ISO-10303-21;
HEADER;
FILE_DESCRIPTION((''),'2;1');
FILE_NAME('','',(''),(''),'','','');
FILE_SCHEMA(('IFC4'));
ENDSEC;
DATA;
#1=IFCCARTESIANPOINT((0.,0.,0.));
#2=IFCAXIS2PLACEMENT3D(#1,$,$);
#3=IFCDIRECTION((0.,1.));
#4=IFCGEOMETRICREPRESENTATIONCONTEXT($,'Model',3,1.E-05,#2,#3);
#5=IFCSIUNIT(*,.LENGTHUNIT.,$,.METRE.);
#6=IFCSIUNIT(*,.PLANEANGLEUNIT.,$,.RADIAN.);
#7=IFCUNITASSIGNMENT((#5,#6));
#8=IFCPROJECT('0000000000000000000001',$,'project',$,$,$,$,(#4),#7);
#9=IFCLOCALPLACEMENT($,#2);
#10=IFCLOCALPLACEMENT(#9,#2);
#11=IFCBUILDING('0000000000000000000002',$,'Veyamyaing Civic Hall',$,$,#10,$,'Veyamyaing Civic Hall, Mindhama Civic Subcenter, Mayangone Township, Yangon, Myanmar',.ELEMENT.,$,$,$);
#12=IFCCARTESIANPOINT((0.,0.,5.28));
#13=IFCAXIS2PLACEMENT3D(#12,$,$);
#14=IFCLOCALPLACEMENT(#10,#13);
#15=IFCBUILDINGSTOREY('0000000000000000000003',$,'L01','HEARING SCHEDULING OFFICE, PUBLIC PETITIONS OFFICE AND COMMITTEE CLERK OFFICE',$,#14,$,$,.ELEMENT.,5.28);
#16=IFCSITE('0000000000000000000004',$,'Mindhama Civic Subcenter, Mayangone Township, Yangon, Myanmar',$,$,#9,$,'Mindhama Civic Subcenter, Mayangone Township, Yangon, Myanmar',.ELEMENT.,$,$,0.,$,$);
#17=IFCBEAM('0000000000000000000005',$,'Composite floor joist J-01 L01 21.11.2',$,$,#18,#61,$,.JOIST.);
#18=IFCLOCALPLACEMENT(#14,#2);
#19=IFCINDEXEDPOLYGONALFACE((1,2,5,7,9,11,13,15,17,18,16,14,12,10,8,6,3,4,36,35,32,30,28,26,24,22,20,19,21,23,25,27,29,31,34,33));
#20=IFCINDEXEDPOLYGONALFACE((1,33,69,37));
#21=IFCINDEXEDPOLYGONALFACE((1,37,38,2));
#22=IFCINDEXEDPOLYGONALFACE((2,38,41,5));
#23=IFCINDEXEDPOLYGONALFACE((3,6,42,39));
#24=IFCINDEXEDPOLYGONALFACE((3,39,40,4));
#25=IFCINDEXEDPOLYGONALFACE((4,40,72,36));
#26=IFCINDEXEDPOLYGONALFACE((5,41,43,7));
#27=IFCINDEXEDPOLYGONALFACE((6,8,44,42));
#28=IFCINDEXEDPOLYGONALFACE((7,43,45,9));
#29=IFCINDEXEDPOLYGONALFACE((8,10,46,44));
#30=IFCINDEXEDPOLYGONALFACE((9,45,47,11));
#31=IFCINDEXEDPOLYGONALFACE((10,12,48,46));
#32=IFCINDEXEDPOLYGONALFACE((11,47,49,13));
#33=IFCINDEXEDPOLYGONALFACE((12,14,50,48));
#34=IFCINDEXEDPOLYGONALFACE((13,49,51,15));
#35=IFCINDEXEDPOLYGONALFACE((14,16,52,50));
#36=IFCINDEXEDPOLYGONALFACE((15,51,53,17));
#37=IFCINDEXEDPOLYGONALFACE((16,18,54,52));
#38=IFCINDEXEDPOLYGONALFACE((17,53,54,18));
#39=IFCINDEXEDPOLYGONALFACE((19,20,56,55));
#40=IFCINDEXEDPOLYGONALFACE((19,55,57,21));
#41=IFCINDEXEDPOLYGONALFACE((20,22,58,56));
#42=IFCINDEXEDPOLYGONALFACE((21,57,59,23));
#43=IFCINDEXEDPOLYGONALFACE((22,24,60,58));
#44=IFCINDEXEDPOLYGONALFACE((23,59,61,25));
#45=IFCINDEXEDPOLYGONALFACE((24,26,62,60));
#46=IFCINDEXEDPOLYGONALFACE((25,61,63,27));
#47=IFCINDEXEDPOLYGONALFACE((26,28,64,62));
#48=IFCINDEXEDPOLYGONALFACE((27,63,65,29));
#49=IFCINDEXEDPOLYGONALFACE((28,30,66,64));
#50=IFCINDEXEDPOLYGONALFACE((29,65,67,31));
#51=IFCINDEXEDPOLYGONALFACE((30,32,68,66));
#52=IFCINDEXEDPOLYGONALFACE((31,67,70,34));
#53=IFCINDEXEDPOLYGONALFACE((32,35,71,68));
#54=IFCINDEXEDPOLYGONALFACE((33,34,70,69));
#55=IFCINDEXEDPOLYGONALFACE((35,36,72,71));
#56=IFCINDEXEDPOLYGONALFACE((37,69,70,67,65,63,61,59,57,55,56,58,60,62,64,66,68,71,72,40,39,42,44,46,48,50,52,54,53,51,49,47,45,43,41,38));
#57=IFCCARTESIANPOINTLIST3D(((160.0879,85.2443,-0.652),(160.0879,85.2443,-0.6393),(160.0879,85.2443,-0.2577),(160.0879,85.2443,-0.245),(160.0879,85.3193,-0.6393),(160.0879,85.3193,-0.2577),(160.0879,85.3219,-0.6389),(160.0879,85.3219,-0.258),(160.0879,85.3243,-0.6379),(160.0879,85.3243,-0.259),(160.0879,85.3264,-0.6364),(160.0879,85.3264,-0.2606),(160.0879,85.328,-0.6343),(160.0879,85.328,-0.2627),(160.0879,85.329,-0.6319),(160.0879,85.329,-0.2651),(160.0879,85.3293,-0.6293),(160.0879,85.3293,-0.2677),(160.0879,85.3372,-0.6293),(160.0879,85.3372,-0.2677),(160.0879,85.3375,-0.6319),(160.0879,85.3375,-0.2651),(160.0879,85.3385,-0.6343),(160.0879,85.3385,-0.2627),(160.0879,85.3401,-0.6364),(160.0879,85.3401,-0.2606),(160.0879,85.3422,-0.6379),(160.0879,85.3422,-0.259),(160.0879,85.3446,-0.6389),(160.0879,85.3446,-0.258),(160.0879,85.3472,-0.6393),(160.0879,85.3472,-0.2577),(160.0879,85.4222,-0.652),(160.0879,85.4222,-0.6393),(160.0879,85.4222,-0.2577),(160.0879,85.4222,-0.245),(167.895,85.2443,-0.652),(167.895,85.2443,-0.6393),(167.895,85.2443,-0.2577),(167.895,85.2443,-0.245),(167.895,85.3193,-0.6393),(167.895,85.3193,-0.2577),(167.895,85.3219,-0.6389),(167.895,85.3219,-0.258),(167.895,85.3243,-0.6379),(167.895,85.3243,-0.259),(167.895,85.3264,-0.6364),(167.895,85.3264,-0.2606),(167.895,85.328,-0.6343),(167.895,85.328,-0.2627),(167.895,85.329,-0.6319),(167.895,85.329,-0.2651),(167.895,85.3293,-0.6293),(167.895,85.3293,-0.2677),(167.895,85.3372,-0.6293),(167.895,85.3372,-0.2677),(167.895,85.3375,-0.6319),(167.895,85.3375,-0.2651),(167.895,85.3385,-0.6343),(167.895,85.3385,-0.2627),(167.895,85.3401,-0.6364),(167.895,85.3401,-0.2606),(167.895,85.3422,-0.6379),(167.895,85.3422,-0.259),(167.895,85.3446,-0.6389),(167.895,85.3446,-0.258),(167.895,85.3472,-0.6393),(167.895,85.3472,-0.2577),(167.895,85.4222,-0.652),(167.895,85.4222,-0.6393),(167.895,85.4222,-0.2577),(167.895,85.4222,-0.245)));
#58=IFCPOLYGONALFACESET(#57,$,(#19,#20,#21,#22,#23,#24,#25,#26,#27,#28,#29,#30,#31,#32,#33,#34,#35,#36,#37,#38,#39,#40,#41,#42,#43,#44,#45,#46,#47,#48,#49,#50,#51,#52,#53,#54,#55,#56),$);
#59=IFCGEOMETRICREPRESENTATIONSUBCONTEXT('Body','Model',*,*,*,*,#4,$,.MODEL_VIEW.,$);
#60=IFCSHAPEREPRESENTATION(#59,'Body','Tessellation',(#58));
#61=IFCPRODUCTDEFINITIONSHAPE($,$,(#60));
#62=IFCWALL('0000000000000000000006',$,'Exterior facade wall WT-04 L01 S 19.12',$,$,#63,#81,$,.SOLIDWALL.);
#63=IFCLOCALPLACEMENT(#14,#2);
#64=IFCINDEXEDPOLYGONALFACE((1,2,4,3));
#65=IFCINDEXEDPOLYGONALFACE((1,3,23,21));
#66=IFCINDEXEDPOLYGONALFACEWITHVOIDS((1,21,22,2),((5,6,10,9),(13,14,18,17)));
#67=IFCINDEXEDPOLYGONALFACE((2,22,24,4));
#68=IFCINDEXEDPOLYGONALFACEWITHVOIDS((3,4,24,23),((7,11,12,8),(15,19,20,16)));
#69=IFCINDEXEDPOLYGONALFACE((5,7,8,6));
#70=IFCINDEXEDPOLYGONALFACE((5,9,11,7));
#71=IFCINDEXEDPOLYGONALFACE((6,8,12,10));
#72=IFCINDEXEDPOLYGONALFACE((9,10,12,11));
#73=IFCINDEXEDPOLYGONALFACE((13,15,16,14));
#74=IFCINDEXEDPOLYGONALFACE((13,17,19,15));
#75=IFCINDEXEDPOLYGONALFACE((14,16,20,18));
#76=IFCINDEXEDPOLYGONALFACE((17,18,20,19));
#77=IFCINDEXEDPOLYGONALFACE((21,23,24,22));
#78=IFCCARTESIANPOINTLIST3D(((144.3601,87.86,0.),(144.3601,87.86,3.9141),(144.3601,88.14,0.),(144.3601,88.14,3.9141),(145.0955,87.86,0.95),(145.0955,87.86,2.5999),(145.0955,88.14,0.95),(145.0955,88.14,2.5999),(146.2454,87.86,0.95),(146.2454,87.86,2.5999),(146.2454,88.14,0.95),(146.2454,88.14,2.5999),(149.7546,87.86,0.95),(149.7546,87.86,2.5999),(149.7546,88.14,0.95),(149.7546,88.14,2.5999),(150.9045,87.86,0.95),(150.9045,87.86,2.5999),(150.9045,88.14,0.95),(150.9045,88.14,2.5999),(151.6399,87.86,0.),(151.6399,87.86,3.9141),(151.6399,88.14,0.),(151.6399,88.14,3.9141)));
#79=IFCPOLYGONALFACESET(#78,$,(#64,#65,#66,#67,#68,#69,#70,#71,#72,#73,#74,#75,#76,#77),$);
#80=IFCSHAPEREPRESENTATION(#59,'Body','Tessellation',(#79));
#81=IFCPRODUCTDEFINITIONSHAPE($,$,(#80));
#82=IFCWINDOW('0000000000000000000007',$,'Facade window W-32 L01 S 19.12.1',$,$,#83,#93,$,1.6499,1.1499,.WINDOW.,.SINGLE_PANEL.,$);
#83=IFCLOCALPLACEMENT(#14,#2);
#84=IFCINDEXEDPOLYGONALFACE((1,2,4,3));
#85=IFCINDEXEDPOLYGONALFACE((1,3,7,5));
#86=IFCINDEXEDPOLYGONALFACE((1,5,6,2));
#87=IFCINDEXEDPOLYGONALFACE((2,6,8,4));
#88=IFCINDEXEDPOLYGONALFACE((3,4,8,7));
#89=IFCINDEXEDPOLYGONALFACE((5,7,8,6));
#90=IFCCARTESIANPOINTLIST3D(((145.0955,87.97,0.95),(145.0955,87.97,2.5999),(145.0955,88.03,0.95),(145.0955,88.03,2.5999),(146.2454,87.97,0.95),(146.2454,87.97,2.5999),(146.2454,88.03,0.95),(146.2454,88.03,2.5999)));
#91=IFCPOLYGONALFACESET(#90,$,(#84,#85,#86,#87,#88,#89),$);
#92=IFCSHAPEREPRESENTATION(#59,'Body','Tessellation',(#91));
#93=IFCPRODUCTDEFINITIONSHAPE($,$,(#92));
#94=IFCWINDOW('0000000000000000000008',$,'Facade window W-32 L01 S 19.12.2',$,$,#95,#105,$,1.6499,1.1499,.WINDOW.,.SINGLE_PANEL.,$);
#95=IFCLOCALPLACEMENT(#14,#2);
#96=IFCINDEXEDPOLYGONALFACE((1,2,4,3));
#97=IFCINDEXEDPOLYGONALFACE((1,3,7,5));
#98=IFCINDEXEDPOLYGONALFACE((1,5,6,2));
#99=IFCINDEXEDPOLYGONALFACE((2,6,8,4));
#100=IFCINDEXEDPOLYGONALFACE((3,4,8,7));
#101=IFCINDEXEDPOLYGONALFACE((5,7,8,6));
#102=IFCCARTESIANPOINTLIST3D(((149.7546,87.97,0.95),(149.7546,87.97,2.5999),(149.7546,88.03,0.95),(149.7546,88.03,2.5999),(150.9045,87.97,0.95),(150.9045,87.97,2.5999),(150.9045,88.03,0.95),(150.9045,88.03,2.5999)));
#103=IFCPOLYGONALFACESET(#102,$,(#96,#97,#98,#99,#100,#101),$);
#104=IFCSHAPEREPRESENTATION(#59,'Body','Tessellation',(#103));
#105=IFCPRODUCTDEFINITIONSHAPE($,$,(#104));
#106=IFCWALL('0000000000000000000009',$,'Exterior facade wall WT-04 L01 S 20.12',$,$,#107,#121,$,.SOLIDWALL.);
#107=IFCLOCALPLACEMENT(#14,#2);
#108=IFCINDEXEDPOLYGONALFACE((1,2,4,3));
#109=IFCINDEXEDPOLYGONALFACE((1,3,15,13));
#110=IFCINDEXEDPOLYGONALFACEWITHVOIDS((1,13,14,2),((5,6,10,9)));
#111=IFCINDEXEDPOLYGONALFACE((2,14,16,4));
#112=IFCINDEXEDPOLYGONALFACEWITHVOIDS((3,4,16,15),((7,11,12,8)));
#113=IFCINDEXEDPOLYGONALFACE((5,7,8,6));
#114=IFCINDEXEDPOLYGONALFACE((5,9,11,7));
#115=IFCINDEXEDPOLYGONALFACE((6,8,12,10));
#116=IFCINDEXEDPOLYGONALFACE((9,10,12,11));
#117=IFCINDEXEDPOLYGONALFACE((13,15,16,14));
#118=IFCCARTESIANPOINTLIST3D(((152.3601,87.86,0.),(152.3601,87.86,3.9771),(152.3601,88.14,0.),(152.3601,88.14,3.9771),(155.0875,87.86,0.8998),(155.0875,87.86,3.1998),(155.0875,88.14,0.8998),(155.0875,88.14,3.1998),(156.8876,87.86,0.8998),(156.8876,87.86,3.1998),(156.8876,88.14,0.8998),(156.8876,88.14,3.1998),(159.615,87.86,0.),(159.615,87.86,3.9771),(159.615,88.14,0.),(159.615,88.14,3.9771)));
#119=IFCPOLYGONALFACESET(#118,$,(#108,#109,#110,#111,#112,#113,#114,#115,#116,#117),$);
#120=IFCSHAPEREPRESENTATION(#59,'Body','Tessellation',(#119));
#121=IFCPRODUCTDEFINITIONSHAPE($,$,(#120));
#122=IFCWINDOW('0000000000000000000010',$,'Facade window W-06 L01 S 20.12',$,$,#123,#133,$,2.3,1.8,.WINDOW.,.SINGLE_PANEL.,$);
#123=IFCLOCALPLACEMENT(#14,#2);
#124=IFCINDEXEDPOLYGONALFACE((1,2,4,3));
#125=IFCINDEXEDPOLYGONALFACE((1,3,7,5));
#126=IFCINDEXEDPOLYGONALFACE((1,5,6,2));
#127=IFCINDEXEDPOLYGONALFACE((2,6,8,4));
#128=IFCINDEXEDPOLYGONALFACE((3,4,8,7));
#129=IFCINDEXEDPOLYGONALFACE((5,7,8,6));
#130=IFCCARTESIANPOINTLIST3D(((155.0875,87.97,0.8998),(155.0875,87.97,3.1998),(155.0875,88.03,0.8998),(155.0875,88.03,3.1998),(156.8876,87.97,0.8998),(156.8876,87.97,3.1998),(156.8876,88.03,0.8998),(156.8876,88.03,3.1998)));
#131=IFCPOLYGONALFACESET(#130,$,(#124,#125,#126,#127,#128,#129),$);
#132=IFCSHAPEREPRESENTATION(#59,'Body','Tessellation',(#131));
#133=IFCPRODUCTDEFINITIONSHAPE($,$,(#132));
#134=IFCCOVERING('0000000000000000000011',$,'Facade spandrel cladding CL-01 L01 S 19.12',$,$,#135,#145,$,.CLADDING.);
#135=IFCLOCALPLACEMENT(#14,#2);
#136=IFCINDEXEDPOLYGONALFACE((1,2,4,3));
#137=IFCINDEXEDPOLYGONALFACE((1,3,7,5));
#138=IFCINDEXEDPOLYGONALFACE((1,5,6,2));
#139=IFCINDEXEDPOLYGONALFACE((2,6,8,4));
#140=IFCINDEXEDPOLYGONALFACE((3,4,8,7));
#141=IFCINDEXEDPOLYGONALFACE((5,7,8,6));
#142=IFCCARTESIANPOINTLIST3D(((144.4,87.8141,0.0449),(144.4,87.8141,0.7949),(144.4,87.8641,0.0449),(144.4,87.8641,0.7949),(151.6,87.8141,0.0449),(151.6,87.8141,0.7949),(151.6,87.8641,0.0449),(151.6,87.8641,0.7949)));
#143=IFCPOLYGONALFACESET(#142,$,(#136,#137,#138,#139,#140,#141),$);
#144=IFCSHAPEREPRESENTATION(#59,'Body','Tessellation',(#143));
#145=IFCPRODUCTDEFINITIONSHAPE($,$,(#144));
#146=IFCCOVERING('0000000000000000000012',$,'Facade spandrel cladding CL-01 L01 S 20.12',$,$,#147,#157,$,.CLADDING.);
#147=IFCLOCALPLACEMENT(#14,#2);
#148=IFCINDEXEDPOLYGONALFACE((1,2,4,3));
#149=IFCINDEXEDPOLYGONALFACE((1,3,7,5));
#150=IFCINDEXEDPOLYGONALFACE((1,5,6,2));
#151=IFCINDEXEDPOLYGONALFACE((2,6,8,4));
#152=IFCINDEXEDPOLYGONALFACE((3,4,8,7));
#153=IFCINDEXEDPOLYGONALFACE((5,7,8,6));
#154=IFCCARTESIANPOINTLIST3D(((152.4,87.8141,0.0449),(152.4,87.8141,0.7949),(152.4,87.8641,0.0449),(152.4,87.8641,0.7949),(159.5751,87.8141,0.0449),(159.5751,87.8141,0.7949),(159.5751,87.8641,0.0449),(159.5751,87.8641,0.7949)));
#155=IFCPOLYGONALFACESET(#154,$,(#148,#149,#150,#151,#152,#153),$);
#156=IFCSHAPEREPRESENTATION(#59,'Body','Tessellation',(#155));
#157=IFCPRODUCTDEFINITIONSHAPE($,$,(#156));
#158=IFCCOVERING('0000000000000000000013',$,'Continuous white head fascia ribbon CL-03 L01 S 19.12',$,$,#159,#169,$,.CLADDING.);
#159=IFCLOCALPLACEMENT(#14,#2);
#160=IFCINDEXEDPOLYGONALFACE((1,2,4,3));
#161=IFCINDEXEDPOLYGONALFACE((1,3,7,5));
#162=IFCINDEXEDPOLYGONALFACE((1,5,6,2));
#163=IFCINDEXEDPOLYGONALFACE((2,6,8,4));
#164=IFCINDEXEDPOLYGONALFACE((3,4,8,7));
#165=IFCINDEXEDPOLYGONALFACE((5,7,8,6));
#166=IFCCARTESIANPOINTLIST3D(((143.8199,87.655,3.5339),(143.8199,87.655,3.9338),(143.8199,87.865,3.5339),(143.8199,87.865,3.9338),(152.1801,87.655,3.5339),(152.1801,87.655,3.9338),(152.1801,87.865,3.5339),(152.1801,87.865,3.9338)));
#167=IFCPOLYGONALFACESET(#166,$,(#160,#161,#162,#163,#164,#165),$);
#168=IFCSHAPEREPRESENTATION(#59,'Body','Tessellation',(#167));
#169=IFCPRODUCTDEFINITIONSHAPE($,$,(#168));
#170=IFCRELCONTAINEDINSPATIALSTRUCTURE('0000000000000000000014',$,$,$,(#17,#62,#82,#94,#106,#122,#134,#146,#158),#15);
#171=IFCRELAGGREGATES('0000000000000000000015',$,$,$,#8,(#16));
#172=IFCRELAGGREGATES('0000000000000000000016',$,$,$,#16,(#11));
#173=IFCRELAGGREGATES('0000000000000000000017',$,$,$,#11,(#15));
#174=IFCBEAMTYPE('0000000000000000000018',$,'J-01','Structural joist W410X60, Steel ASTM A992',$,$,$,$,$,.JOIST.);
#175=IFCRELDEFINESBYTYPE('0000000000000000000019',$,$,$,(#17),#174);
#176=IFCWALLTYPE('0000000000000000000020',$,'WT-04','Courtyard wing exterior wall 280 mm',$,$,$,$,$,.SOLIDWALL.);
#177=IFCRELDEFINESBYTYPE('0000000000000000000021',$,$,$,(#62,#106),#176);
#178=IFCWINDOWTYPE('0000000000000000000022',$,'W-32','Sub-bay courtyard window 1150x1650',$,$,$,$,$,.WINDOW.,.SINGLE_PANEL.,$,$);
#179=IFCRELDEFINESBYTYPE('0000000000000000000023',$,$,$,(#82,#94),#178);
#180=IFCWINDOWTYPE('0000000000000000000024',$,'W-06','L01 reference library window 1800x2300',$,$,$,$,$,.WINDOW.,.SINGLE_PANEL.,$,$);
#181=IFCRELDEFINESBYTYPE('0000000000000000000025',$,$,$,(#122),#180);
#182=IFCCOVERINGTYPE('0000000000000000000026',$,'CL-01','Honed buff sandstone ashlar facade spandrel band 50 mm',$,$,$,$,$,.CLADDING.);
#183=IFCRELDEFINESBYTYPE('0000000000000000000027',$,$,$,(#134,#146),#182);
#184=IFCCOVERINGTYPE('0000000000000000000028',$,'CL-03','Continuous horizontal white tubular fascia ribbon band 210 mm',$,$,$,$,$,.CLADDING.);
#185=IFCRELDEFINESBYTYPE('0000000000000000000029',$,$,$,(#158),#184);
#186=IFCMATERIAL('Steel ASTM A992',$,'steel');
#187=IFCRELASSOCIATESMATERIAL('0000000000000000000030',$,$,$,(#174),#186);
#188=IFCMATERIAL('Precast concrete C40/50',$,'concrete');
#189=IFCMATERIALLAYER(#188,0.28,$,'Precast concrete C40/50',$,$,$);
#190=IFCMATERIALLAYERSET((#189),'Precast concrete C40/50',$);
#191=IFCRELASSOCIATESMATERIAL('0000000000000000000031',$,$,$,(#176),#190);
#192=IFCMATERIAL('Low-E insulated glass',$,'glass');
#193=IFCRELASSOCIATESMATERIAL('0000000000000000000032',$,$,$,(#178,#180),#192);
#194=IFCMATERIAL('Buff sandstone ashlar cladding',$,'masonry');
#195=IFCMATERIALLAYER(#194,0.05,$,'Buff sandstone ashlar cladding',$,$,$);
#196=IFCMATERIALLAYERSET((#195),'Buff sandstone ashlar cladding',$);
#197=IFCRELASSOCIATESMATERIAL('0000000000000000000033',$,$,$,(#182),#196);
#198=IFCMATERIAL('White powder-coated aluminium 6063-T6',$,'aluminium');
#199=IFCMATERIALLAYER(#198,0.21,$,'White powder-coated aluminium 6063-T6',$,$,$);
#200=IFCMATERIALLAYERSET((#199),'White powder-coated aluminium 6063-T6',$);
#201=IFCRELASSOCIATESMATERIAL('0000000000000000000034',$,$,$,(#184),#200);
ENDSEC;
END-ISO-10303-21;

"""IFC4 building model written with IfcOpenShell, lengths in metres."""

from ifc_helpers import new_model, si_unit, direction, frame, frame_2d, origin, origin_2d, place, context, subcontext, project, spatial, rectangle, i_section, extrude, material, layer, layer_set, material_profile, profile_set, type_object, element, fill, save


model = new_model("IFC4")

# Units and contexts
model_context = context("Model", 3, precision=1e-05, world=origin(), true_north=direction((0.0, 1.0)))
body_context = subcontext(model_context, "Body", "Model", "MODEL_VIEW")
ifc_project = project(units=[si_unit("LENGTHUNIT", "METRE"), si_unit("PLANEANGLEUNIT", "RADIAN")], contexts=[model_context])

# Site, building, storey
site_placement = place(None, origin())
site = spatial("IfcSite", under=ifc_project, at=site_placement, Name="Mindhama Civic Subcenter, Mayangone Township, Yangon, Myanmar", LongName="Mindhama Civic Subcenter, Mayangone Township, Yangon, Myanmar", CompositionType="ELEMENT", RefElevation=0.0)
building_placement = place(site_placement, origin())
building = spatial("IfcBuilding", under=site, at=building_placement, Name="Veyamyaing Civic Hall", LongName="Veyamyaing Civic Hall, Mindhama Civic Subcenter, Mayangone Township, Yangon, Myanmar", CompositionType="ELEMENT")
storey_placement = place(building_placement, frame((0.0, 0.0, 5.28)))
storey = spatial("IfcBuildingStorey", under=building, at=storey_placement, Name="L01", Description="HEARING SCHEDULING OFFICE, PUBLIC PETITIONS OFFICE AND COMMITTEE CLERK OFFICE", CompositionType="ELEMENT", Elevation=5.28)

# Beam
ifc_material_1 = material(Name="Steel ASTM A992", Category="steel")
ifc_material_profile_1 = material_profile(ifc_material_1, i_section(OverallWidth=0.178, OverallDepth=0.407, WebThickness=0.0078, FlangeThickness=0.0127, FilletRadius=0.01, at=origin_2d()), Name="W410X60")
ifc_profile_set_1 = profile_set([ifc_material_profile_1], Name="Steel ASTM A992")
beam_type_1 = type_object("IfcBeamType", Name="J-01", Description="Structural joist W410X60, Steel ASTM A992", PredefinedType="JOIST", material=ifc_profile_set_1)
for number, where, z_axis, x_axis, name in (
    (1, (160.0879, 85.3333, -0.4485), (1.0, 0.0, 0.0), (0.0, 1.0, 0.0), "Composite floor joist J-01 L01 21.11.2"),
):
    element("IfcBeam", number, at=place(storey_placement, frame(where, z_axis=z_axis, x_axis=x_axis)), inside=storey, type_object=beam_type_1, Name=name, PredefinedType="JOIST", context=body_context, shape_type="SweptSolid", body=[
        extrude(i_section(OverallWidth=0.178, OverallDepth=0.407, WebThickness=0.0078, FlangeThickness=0.0127, FilletRadius=0.01, at=origin_2d()), origin(), (0.0, 0.0, 1.0), 7.8071),
    ])

# Wall, openings, windows
ifc_material_2 = material(Name="Precast concrete C40/50", Category="concrete")
ifc_layer_1 = layer(ifc_material_2, 0.28, Name="Precast concrete C40/50")
ifc_layer_set_1 = layer_set([ifc_layer_1], Name="Precast concrete C40/50")
wall_type = type_object("IfcWallType", Name="WT-04", Description="Courtyard wing exterior wall 280 mm", PredefinedType="SOLIDWALL", material=ifc_layer_set_1)
wall_1_placement = place(storey_placement, frame((144.3601, 88.0, 0.0), z_axis=(0.0, 0.0, 1.0), x_axis=(1.0, 0.0, 0.0)))
wall_1 = element("IfcWall", 2, at=wall_1_placement, inside=storey, type_object=wall_type, Name="Exterior facade wall WT-04 L01 S 19.12", PredefinedType="SOLIDWALL", context=body_context, shape_type="SweptSolid", body=[
    extrude(rectangle(XDim=7.2798, YDim=0.28, at=frame_2d((3.6399, 0.0))), origin(), (0.0, 0.0, 1.0), 3.9141),
])
opening_1_placement = place(wall_1_placement, frame((0.7354, 0.0, 0.95)))
opening_1 = element("IfcOpeningElement", 3, at=opening_1_placement, cuts=wall_1, PredefinedType="OPENING", context=body_context, shape_type="SweptSolid", body=[
    extrude(rectangle(XDim=1.1499, YDim=1.6499, at=frame_2d((0.575, 0.825))), frame((0.0, 0.1499, 0.0), z_axis=(0.0, -1.0, 0.0), x_axis=(1.0, 0.0, 0.0)), (0.0, 0.0, 1.0), 0.3),
])
opening_2_placement = place(wall_1_placement, frame((5.3945, 0.0, 0.95)))
opening_2 = element("IfcOpeningElement", 4, at=opening_2_placement, cuts=wall_1, PredefinedType="OPENING", context=body_context, shape_type="SweptSolid", body=[
    extrude(rectangle(XDim=1.1499, YDim=1.6499, at=frame_2d((0.575, 0.825))), frame((0.0, 0.1499, 0.0), z_axis=(0.0, -1.0, 0.0), x_axis=(1.0, 0.0, 0.0)), (0.0, 0.0, 1.0), 0.3),
])
ifc_material_3 = material(Name="Low-E insulated glass", Category="glass")
window_type_1 = type_object("IfcWindowType", Name="W-32", Description="Sub-bay courtyard window 1150x1650", PartitioningType="SINGLE_PANEL", PredefinedType="WINDOW", material=ifc_material_3)
window_1_placement = place(opening_1_placement, origin())
window_1 = element("IfcWindow", 5, at=window_1_placement, inside=storey, type_object=window_type_1, Name="Facade window W-32 L01 S 19.12.1", OverallHeight=1.6499, OverallWidth=1.1499, PartitioningType="SINGLE_PANEL", PredefinedType="WINDOW", context=body_context, shape_type="SweptSolid", body=[
    extrude(rectangle(XDim=1.1499, YDim=1.6499, at=frame_2d((0.575, 0.825))), frame((0.0, 0.03, 0.0), z_axis=(0.0, -1.0, 0.0), x_axis=(1.0, 0.0, 0.0)), (0.0, 0.0, 1.0), 0.0601),
])
fill(opening_1, window_1)
window_2_placement = place(opening_2_placement, origin())
window_2 = element("IfcWindow", 6, at=window_2_placement, inside=storey, type_object=window_type_1, Name="Facade window W-32 L01 S 19.12.2", OverallHeight=1.6499, OverallWidth=1.1499, PartitioningType="SINGLE_PANEL", PredefinedType="WINDOW", context=body_context, shape_type="SweptSolid", body=[
    extrude(rectangle(XDim=1.1499, YDim=1.6499, at=frame_2d((0.575, 0.825))), frame((0.0, 0.03, 0.0), z_axis=(0.0, -1.0, 0.0), x_axis=(1.0, 0.0, 0.0)), (0.0, 0.0, 1.0), 0.0601),
])
fill(opening_2, window_2)

# Wall, opening, window
wall_2_placement = place(storey_placement, frame((152.3601, 88.0, 0.0), z_axis=(0.0, 0.0, 1.0), x_axis=(1.0, 0.0, 0.0)))
wall_2 = element("IfcWall", 7, at=wall_2_placement, inside=storey, type_object=wall_type, Name="Exterior facade wall WT-04 L01 S 20.12", PredefinedType="SOLIDWALL", context=body_context, shape_type="SweptSolid", body=[
    extrude(rectangle(XDim=7.2549, YDim=0.28, at=frame_2d((3.6274, 0.0))), origin(), (0.0, 0.0, 1.0), 3.9771),
])
opening_3_placement = place(wall_2_placement, frame((2.7275, 0.0, 0.8999)))
opening_3 = element("IfcOpeningElement", 8, at=opening_3_placement, cuts=wall_2, PredefinedType="OPENING", context=body_context, shape_type="SweptSolid", body=[
    extrude(rectangle(XDim=1.8, YDim=2.3, at=frame_2d((0.8999, 1.1499))), frame((0.0, 0.1499, 0.0), z_axis=(0.0, -1.0, 0.0), x_axis=(1.0, 0.0, 0.0)), (0.0, 0.0, 1.0), 0.3),
])
window_type_2 = type_object("IfcWindowType", Name="W-06", Description="L01 reference library window 1800x2300", PartitioningType="SINGLE_PANEL", PredefinedType="WINDOW", material=ifc_material_3)
window_3_placement = place(opening_3_placement, origin())
window_3 = element("IfcWindow", 9, at=window_3_placement, inside=storey, type_object=window_type_2, Name="Facade window W-06 L01 S 20.12", OverallHeight=2.3, OverallWidth=1.8, PartitioningType="SINGLE_PANEL", PredefinedType="WINDOW", context=body_context, shape_type="SweptSolid", body=[
    extrude(rectangle(XDim=1.8, YDim=2.3, at=frame_2d((0.8999, 1.1499))), frame((0.0, 0.03, 0.0), z_axis=(0.0, -1.0, 0.0), x_axis=(1.0, 0.0, 0.0)), (0.0, 0.0, 1.0), 0.0601),
])
fill(opening_3, window_3)

# Coverings
ifc_material_4 = material(Name="Buff sandstone ashlar cladding", Category="masonry")
ifc_layer_2 = layer(ifc_material_4, 0.05, Name="Buff sandstone ashlar cladding")
ifc_layer_set_2 = layer_set([ifc_layer_2], Name="Buff sandstone ashlar cladding")
covering_type_1 = type_object("IfcCoveringType", Name="CL-01", Description="Honed buff sandstone ashlar facade spandrel band 50 mm", PredefinedType="CLADDING", material=ifc_layer_set_2)
covering_1_placement = place(storey_placement, frame((148.0, 87.8391, 0.0449), z_axis=(0.0, 0.0, 1.0), x_axis=(1.0, 0.0, 0.0)))
element("IfcCovering", 10, at=covering_1_placement, inside=storey, type_object=covering_type_1, Name="Facade spandrel cladding CL-01 L01 S 19.12", PredefinedType="CLADDING", context=body_context, shape_type="SweptSolid", body=[
    extrude(rectangle(XDim=7.2, YDim=0.05, at=origin_2d()), origin(), (0.0, 0.0, 1.0), 0.75),
])
covering_2_placement = place(storey_placement, frame((155.9875, 87.8391, 0.0449), z_axis=(0.0, 0.0, 1.0), x_axis=(1.0, 0.0, 0.0)))
element("IfcCovering", 11, at=covering_2_placement, inside=storey, type_object=covering_type_1, Name="Facade spandrel cladding CL-01 L01 S 20.12", PredefinedType="CLADDING", context=body_context, shape_type="SweptSolid", body=[
    extrude(rectangle(XDim=7.175, YDim=0.05, at=origin_2d()), origin(), (0.0, 0.0, 1.0), 0.75),
])
ifc_material_5 = material(Name="White powder-coated aluminium 6063-T6", Category="aluminium")
ifc_layer_3 = layer(ifc_material_5, 0.21, Name="White powder-coated aluminium 6063-T6")
ifc_layer_set_3 = layer_set([ifc_layer_3], Name="White powder-coated aluminium 6063-T6")
covering_type_2 = type_object("IfcCoveringType", Name="CL-03", Description="Continuous horizontal white tubular fascia ribbon band 210 mm", PredefinedType="CLADDING", material=ifc_layer_set_3)
for number, where, z_axis, x_axis, name in (
    (12, (148.0, 87.76, 3.5339), (0.0, 0.0, 1.0), (1.0, 0.0, 0.0), "Continuous white head fascia ribbon CL-03 L01 S 19.12"),
):
    element("IfcCovering", number, at=place(storey_placement, frame(where, z_axis=z_axis, x_axis=x_axis)), inside=storey, type_object=covering_type_2, Name=name, PredefinedType="CLADDING", context=body_context, shape_type="SweptSolid", body=[
        extrude(rectangle(XDim=8.3601, YDim=0.21, at=origin_2d()), origin(), (0.0, 0.0, 1.0), 0.3999),
    ])

save(model, "model.ifc")
